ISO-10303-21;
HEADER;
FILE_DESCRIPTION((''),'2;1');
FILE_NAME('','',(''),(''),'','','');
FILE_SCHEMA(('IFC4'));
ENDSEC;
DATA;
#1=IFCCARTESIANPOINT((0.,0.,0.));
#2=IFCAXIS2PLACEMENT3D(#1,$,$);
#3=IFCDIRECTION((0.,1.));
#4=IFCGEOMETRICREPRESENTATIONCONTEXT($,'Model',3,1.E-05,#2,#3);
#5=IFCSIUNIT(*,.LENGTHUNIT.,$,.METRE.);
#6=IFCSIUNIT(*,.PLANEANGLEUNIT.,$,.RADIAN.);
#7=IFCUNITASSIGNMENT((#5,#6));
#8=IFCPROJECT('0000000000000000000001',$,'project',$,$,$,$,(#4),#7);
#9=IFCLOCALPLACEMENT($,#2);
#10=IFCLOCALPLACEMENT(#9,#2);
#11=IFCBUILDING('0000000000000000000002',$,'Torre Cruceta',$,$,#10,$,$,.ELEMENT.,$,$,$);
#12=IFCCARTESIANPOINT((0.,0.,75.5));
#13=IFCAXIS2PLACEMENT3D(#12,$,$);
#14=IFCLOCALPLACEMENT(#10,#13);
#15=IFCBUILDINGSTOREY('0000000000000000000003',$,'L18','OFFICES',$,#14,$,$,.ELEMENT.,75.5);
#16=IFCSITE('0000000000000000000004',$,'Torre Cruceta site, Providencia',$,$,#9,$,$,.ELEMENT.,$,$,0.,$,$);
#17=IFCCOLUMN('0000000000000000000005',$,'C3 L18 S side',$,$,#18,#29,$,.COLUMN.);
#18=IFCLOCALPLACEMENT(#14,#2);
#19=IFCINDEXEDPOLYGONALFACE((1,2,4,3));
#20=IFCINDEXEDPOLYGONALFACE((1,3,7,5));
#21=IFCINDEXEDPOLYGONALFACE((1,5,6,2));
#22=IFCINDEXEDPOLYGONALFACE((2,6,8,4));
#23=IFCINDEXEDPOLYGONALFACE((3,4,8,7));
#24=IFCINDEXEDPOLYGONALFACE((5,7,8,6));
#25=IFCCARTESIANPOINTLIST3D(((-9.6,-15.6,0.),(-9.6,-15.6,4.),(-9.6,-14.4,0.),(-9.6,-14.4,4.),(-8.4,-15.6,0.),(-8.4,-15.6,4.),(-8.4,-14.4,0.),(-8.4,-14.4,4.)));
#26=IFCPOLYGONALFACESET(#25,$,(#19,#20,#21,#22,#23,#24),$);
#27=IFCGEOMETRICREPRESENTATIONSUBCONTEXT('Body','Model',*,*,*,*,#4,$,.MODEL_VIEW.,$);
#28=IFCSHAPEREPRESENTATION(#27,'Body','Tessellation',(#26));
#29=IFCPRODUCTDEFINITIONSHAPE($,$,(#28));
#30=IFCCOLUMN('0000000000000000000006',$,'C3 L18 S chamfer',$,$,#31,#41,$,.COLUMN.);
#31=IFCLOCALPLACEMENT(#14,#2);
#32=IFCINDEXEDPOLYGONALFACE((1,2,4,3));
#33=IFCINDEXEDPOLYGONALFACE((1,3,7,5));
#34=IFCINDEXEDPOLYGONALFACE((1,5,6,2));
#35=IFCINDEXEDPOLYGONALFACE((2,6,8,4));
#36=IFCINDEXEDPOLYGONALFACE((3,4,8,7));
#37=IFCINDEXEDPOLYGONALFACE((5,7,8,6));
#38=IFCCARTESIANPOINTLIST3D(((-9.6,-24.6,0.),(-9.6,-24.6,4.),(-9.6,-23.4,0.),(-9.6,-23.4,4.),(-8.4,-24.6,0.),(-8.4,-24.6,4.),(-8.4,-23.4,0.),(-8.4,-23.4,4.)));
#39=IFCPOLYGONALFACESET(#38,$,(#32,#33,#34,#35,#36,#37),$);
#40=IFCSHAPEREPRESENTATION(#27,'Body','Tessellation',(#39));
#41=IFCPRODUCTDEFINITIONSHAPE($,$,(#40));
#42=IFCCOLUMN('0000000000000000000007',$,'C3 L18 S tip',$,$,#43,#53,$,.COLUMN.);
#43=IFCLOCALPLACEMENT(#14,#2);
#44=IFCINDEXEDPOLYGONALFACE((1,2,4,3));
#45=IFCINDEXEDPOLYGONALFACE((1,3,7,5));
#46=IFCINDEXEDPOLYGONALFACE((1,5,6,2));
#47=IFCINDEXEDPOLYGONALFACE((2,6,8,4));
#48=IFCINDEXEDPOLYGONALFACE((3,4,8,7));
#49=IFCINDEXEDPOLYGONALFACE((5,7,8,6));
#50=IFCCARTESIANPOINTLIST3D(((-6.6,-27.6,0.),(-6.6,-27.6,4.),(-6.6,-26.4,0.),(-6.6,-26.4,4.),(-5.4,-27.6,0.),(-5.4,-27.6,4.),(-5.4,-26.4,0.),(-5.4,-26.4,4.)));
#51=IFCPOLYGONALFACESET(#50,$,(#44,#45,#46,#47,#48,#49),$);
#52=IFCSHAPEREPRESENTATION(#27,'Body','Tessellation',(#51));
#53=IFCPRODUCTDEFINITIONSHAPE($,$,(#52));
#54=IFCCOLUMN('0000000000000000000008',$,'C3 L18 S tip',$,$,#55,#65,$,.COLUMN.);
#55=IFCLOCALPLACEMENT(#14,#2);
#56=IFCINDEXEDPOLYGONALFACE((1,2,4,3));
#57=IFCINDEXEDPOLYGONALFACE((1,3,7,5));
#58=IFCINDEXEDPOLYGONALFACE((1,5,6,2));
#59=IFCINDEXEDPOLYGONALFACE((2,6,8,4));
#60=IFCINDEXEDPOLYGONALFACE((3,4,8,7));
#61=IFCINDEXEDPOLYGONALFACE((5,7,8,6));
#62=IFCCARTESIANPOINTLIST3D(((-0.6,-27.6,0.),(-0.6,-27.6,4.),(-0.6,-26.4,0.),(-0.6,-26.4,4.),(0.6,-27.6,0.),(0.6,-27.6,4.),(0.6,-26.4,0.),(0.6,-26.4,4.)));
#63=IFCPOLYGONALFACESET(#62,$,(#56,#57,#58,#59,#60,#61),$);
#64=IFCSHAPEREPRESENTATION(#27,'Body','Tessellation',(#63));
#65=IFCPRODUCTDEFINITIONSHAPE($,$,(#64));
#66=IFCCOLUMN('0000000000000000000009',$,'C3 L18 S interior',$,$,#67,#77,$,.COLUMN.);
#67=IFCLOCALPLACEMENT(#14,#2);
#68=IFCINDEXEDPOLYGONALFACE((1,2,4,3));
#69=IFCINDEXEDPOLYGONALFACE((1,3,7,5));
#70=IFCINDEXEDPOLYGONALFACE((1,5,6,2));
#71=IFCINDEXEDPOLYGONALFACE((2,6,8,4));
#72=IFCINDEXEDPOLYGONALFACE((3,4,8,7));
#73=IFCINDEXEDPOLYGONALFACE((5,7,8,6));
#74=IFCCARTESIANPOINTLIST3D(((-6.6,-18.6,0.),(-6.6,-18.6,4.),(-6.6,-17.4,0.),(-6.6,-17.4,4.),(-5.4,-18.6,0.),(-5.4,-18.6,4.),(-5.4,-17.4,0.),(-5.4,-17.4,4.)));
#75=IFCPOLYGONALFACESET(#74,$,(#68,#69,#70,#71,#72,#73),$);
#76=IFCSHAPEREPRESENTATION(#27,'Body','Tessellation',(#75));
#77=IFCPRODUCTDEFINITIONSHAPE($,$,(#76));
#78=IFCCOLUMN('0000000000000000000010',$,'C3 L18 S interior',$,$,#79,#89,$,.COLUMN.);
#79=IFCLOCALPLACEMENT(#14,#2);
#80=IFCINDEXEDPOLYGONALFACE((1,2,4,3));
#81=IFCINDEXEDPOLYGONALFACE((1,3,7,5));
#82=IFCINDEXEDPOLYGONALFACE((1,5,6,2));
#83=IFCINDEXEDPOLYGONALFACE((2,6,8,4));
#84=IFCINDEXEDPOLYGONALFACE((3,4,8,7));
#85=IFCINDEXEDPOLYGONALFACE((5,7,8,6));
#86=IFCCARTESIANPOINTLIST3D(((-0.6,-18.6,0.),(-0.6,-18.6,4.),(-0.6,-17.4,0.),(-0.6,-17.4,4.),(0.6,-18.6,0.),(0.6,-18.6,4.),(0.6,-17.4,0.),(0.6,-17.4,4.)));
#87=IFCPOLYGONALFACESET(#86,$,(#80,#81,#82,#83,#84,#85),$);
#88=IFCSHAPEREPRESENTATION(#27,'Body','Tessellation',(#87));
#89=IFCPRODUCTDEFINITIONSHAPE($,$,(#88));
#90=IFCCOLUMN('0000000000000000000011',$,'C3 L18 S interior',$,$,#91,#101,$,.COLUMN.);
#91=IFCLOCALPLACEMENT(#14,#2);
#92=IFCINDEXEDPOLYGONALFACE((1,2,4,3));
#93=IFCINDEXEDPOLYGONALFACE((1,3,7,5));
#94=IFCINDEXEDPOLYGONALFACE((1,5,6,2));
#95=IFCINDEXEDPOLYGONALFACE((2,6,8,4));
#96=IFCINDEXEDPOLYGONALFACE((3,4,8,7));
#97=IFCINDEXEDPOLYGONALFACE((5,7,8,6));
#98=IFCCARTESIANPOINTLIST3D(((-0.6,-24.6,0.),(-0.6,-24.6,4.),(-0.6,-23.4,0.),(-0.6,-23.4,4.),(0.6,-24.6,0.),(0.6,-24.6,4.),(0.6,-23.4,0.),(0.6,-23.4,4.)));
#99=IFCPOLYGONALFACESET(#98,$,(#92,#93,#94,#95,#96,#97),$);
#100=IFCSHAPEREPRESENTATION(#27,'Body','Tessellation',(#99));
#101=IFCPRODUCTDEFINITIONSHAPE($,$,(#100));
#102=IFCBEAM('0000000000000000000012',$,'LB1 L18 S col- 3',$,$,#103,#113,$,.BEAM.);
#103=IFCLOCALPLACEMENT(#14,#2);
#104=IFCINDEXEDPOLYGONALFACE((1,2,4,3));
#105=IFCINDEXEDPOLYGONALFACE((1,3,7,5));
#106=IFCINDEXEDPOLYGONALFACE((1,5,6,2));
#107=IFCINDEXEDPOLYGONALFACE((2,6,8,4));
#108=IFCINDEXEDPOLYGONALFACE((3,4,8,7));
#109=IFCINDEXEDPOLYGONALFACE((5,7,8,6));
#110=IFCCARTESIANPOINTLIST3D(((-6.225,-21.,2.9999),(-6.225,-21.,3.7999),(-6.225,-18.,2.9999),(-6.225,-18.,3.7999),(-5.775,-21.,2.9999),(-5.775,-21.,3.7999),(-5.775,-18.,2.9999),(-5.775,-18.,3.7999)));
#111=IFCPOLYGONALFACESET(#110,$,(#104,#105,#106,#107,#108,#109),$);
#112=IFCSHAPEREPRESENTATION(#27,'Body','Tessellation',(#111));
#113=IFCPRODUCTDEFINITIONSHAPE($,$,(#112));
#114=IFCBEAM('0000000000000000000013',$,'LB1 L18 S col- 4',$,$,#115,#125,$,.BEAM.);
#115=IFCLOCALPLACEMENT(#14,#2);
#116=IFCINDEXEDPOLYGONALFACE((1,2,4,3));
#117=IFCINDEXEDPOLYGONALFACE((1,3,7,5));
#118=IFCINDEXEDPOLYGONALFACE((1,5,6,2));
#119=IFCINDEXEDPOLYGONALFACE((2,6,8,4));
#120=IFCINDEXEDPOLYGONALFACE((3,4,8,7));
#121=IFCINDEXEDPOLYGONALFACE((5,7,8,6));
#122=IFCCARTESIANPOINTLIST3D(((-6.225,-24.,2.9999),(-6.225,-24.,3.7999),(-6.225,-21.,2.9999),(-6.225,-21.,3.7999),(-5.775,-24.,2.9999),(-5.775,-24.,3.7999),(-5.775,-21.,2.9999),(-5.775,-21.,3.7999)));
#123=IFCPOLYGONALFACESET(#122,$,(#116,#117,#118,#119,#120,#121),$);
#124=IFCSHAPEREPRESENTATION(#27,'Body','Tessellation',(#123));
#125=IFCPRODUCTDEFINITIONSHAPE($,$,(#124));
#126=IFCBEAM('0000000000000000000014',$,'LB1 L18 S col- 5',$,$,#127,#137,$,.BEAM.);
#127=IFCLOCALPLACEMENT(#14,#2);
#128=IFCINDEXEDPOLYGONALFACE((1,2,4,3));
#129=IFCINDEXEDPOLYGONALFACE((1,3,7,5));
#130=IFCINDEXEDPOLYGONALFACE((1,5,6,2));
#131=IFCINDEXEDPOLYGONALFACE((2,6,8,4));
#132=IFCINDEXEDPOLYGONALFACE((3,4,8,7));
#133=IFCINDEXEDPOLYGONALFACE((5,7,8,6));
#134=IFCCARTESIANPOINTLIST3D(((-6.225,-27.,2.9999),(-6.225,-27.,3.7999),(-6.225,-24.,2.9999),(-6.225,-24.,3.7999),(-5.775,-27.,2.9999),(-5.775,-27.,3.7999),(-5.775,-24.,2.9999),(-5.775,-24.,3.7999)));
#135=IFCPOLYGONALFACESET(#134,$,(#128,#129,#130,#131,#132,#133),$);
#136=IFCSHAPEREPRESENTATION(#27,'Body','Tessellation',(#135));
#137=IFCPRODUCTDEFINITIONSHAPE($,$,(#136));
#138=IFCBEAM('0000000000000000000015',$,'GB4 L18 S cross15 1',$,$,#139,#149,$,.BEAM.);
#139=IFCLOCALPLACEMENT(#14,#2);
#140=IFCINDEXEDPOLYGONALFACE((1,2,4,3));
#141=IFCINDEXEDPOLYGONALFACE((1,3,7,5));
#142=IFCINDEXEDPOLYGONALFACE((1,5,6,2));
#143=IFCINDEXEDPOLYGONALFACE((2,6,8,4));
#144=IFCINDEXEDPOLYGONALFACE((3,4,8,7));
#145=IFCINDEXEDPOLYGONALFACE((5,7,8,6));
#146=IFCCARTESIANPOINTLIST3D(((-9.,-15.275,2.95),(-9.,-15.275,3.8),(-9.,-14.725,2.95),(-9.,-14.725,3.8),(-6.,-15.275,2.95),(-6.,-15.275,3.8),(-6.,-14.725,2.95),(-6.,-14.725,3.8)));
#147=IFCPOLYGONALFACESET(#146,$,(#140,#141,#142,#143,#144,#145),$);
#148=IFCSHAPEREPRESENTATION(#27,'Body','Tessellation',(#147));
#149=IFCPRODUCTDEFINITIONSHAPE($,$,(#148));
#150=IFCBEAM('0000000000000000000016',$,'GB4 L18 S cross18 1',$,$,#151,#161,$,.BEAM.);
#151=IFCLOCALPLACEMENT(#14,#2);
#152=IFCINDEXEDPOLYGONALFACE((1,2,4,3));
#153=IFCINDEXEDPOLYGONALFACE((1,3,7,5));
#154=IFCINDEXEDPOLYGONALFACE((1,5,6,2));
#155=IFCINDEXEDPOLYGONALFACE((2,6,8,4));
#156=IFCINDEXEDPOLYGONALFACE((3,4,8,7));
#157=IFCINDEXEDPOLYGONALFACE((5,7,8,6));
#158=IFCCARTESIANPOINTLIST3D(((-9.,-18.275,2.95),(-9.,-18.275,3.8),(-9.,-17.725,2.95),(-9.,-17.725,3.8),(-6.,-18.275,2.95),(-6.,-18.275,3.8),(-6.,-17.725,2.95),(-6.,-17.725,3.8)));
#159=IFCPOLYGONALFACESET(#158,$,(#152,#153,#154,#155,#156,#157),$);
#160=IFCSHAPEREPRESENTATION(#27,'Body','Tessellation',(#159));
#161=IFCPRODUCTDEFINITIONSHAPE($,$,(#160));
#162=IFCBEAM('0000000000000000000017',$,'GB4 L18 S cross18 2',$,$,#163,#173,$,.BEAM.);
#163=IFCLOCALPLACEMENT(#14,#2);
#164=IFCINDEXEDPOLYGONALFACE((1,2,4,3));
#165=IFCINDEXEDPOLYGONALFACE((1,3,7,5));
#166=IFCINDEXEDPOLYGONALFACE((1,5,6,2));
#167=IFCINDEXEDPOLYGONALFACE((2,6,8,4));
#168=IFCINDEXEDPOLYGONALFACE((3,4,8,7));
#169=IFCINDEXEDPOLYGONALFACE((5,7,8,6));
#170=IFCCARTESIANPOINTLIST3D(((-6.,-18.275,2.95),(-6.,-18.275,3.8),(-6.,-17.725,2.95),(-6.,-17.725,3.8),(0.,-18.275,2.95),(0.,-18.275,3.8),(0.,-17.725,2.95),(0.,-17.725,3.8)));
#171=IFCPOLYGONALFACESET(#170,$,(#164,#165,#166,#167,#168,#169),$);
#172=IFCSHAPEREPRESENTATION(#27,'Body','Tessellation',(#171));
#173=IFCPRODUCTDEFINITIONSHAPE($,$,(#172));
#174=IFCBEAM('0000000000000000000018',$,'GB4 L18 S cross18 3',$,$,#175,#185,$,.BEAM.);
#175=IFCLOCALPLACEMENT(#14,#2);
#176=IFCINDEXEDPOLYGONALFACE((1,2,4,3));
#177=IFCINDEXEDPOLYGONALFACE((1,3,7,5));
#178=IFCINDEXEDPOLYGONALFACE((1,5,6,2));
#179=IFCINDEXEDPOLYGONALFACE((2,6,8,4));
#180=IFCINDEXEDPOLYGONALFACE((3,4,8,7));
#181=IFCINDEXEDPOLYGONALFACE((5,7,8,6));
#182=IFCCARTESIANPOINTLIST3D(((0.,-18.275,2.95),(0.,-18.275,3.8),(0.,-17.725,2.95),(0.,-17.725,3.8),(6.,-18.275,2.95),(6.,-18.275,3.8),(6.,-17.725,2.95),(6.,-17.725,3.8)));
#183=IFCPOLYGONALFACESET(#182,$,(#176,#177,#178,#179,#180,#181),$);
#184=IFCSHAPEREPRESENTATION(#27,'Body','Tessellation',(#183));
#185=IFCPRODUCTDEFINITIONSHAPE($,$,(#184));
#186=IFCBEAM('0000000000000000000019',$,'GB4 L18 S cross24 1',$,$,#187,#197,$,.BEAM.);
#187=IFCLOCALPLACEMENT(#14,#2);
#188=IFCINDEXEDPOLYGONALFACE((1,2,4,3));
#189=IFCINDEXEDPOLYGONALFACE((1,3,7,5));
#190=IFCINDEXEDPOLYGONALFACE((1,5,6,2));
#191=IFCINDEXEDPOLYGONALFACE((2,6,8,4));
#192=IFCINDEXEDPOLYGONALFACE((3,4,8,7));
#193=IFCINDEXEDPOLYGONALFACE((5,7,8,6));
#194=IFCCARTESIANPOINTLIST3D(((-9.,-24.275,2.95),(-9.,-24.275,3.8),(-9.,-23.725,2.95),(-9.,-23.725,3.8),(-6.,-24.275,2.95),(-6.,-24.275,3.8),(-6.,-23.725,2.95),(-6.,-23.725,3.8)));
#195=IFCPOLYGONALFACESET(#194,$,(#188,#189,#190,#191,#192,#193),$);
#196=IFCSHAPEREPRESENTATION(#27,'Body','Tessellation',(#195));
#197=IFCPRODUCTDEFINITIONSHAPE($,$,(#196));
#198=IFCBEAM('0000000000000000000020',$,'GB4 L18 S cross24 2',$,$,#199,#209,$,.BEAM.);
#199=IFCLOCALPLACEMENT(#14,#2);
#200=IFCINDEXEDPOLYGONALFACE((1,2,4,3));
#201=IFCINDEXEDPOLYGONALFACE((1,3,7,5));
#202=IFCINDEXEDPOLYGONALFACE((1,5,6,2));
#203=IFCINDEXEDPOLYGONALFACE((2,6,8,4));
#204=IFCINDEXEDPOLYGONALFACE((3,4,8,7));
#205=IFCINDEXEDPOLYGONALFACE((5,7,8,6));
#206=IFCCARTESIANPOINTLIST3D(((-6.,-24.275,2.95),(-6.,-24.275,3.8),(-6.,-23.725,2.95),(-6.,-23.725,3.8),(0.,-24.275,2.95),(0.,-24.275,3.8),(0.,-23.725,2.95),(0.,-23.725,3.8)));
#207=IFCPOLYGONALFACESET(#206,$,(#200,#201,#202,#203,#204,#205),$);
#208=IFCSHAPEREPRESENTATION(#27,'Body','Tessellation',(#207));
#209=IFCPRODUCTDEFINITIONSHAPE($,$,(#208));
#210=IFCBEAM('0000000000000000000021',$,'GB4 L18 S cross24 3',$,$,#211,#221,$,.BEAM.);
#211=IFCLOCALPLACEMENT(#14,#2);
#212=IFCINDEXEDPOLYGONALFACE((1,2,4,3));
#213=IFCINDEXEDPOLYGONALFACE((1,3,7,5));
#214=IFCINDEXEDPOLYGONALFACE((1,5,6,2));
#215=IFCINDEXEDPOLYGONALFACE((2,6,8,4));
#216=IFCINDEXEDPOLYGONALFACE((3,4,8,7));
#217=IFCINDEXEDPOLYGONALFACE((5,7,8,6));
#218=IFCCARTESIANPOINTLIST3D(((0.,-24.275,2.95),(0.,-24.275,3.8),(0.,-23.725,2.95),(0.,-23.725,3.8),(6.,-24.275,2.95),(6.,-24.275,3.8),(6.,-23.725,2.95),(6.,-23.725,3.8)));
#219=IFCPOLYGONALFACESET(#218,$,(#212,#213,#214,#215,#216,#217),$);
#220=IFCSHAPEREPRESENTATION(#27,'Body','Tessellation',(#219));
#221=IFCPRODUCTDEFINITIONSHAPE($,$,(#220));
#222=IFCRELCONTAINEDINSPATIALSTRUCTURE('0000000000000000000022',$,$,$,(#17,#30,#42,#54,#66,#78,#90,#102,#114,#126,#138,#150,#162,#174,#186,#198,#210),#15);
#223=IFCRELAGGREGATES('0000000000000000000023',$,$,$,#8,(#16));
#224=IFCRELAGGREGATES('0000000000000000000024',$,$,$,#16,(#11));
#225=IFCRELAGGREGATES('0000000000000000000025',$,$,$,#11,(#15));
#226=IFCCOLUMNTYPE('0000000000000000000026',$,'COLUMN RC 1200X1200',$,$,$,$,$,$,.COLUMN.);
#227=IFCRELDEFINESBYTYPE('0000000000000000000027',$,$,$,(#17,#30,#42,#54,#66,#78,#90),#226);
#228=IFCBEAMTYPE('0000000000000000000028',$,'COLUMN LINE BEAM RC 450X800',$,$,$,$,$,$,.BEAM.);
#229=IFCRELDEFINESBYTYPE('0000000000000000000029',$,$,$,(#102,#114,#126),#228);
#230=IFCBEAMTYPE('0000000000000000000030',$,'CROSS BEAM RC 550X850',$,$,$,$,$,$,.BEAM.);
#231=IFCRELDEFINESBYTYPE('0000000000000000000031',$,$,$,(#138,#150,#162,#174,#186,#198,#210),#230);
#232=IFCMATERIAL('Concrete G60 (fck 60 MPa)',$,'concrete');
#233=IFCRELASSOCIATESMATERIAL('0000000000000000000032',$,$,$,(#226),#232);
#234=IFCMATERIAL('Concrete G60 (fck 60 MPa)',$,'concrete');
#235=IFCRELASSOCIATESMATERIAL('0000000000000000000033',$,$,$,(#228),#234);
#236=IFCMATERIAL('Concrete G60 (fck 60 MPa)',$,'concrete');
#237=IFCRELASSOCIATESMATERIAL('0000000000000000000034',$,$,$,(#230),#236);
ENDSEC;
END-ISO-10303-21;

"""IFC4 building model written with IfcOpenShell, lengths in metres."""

from ifc_helpers import new_model, si_unit, direction, frame, origin, origin_2d, place, context, subcontext, project, spatial, rectangle, extrude, material, material_profile, profile_set, type_object, element, save


model = new_model("IFC4")

# Units and contexts
model_context = context("Model", 3, precision=1e-05, world=origin(), true_north=direction((0.0, 1.0)))
body_context = subcontext(model_context, "Body", "Model", "MODEL_VIEW")
ifc_project = project(units=[si_unit("LENGTHUNIT", "METRE"), si_unit("PLANEANGLEUNIT", "RADIAN")], contexts=[model_context])

# Site, building, storey
site_placement = place(None, origin())
site = spatial("IfcSite", under=ifc_project, at=site_placement, Name="Torre Cruceta site, Providencia", CompositionType="ELEMENT", RefElevation=0.0)
building_placement = place(site_placement, origin())
building = spatial("IfcBuilding", under=site, at=building_placement, Name="Torre Cruceta", CompositionType="ELEMENT")
storey_placement = place(building_placement, frame((0.0, 0.0, 75.5)))
storey = spatial("IfcBuildingStorey", under=building, at=storey_placement, Name="L18", Description="OFFICES", CompositionType="ELEMENT", Elevation=75.5)

# Columns
ifc_material_1 = material(Name="Concrete G60 (fck 60 MPa)", Category="concrete")
ifc_material_profile_1 = material_profile(ifc_material_1, rectangle(XDim=1.2, YDim=1.2, at=origin_2d()), Name="RC 1200X1200")
ifc_profile_set_1 = profile_set([ifc_material_profile_1], Name="Concrete G60 (fck 60 MPa)")
column_type = type_object("IfcColumnType", Name="COLUMN RC 1200X1200", PredefinedType="COLUMN", material=ifc_profile_set_1)
for number, where, z_axis, x_axis, name in (
    (1, (-9.0, -15.0, 0.0), (0.0, 0.0, 1.0), (1.0, 0.0, 0.0), "C3 L18 S side"),
    (2, (-9.0, -24.0, 0.0), (0.0, 0.0, 1.0), (1.0, 0.0, 0.0), "C3 L18 S chamfer"),
    (3, (-6.0, -27.0, 0.0), (0.0, 0.0, 1.0), (1.0, 0.0, 0.0), "C3 L18 S tip"),
    (4, (0.0, -27.0, 0.0), (0.0, 0.0, 1.0), (1.0, 0.0, 0.0), "C3 L18 S tip"),
    (5, (-6.0, -18.0, 0.0), (0.0, 0.0, 1.0), (1.0, 0.0, 0.0), "C3 L18 S interior"),
    (6, (0.0, -18.0, 0.0), (0.0, 0.0, 1.0), (1.0, 0.0, 0.0), "C3 L18 S interior"),
    (7, (0.0, -24.0, 0.0), (0.0, 0.0, 1.0), (1.0, 0.0, 0.0), "C3 L18 S interior"),
):
    element("IfcColumn", number, at=place(storey_placement, frame(where, z_axis=z_axis, x_axis=x_axis)), inside=storey, type_object=column_type, Name=name, PredefinedType="COLUMN", context=body_context, shape_type="SweptSolid", body=[
        extrude(rectangle(XDim=1.2, YDim=1.2, at=origin_2d()), origin(), (0.0, 0.0, 1.0), 4.0),
    ])

# Beams
ifc_material_2 = material(Name="Concrete G60 (fck 60 MPa)", Category="concrete")
ifc_material_profile_2 = material_profile(ifc_material_2, rectangle(XDim=0.45, YDim=0.8, at=origin_2d()), Name="RC 450X800")
ifc_profile_set_2 = profile_set([ifc_material_profile_2], Name="Concrete G60 (fck 60 MPa)")
beam_type_1 = type_object("IfcBeamType", Name="COLUMN LINE BEAM RC 450X800", PredefinedType="BEAM", material=ifc_profile_set_2)
for number, where, z_axis, x_axis, name in (
    (8, (-6.0, -18.0, 3.3999), (0.0, -1.0, 0.0), (1.0, 0.0, 0.0), "LB1 L18 S col- 3"),
    (9, (-6.0, -21.0, 3.3999), (0.0, -1.0, 0.0), (1.0, 0.0, 0.0), "LB1 L18 S col- 4"),
    (10, (-6.0, -24.0, 3.3999), (0.0, -1.0, 0.0), (1.0, 0.0, 0.0), "LB1 L18 S col- 5"),
):
    element("IfcBeam", number, at=place(storey_placement, frame(where, z_axis=z_axis, x_axis=x_axis)), inside=storey, type_object=beam_type_1, Name=name, PredefinedType="BEAM", context=body_context, shape_type="SweptSolid", body=[
        extrude(rectangle(XDim=0.45, YDim=0.8, at=origin_2d()), origin(), (0.0, 0.0, 1.0), 3.0),
    ])
ifc_material_3 = material(Name="Concrete G60 (fck 60 MPa)", Category="concrete")
ifc_material_profile_3 = material_profile(ifc_material_3, rectangle(XDim=0.55, YDim=0.8501, at=origin_2d()), Name="RC 550X850")
ifc_profile_set_3 = profile_set([ifc_material_profile_3], Name="Concrete G60 (fck 60 MPa)")
beam_type_2 = type_object("IfcBeamType", Name="CROSS BEAM RC 550X850", PredefinedType="BEAM", material=ifc_profile_set_3)
for number, where, z_axis, x_axis, name in (
    (11, (-9.0, -15.0, 3.375), (1.0, 0.0, 0.0), (0.0, 1.0, 0.0), "GB4 L18 S cross15 1"),
    (12, (-9.0, -18.0, 3.375), (1.0, 0.0, 0.0), (0.0, 1.0, 0.0), "GB4 L18 S cross18 1"),
):
    element("IfcBeam", number, at=place(storey_placement, frame(where, z_axis=z_axis, x_axis=x_axis)), inside=storey, type_object=beam_type_2, Name=name, PredefinedType="BEAM", context=body_context, shape_type="SweptSolid", body=[
        extrude(rectangle(XDim=0.55, YDim=0.8501, at=origin_2d()), origin(), (0.0, 0.0, 1.0), 3.0),
    ])
for number, where, z_axis, x_axis, name in (
    (13, (-6.0, -18.0, 3.375), (1.0, 0.0, 0.0), (0.0, 1.0, 0.0), "GB4 L18 S cross18 2"),
    (14, (0.0, -18.0, 3.375), (1.0, 0.0, 0.0), (0.0, 1.0, 0.0), "GB4 L18 S cross18 3"),
):
    element("IfcBeam", number, at=place(storey_placement, frame(where, z_axis=z_axis, x_axis=x_axis)), inside=storey, type_object=beam_type_2, Name=name, PredefinedType="BEAM", context=body_context, shape_type="SweptSolid", body=[
        extrude(rectangle(XDim=0.55, YDim=0.8501, at=origin_2d()), origin(), (0.0, 0.0, 1.0), 6.0),
    ])
beam_1_placement = place(storey_placement, frame((-9.0, -24.0, 3.375), z_axis=(1.0, 0.0, 0.0), x_axis=(0.0, 1.0, 0.0)))
element("IfcBeam", 15, at=beam_1_placement, inside=storey, type_object=beam_type_2, Name="GB4 L18 S cross24 1", PredefinedType="BEAM", context=body_context, shape_type="SweptSolid", body=[
    extrude(rectangle(XDim=0.55, YDim=0.8501, at=origin_2d()), origin(), (0.0, 0.0, 1.0), 3.0),
])
for number, where, z_axis, x_axis, name in (
    (16, (-6.0, -24.0, 3.375), (1.0, 0.0, 0.0), (0.0, 1.0, 0.0), "GB4 L18 S cross24 2"),
    (17, (0.0, -24.0, 3.375), (1.0, 0.0, 0.0), (0.0, 1.0, 0.0), "GB4 L18 S cross24 3"),
):
    element("IfcBeam", number, at=place(storey_placement, frame(where, z_axis=z_axis, x_axis=x_axis)), inside=storey, type_object=beam_type_2, Name=name, PredefinedType="BEAM", context=body_context, shape_type="SweptSolid", body=[
        extrude(rectangle(XDim=0.55, YDim=0.8501, at=origin_2d()), origin(), (0.0, 0.0, 1.0), 6.0),
    ])

save(model, "model.ifc")
